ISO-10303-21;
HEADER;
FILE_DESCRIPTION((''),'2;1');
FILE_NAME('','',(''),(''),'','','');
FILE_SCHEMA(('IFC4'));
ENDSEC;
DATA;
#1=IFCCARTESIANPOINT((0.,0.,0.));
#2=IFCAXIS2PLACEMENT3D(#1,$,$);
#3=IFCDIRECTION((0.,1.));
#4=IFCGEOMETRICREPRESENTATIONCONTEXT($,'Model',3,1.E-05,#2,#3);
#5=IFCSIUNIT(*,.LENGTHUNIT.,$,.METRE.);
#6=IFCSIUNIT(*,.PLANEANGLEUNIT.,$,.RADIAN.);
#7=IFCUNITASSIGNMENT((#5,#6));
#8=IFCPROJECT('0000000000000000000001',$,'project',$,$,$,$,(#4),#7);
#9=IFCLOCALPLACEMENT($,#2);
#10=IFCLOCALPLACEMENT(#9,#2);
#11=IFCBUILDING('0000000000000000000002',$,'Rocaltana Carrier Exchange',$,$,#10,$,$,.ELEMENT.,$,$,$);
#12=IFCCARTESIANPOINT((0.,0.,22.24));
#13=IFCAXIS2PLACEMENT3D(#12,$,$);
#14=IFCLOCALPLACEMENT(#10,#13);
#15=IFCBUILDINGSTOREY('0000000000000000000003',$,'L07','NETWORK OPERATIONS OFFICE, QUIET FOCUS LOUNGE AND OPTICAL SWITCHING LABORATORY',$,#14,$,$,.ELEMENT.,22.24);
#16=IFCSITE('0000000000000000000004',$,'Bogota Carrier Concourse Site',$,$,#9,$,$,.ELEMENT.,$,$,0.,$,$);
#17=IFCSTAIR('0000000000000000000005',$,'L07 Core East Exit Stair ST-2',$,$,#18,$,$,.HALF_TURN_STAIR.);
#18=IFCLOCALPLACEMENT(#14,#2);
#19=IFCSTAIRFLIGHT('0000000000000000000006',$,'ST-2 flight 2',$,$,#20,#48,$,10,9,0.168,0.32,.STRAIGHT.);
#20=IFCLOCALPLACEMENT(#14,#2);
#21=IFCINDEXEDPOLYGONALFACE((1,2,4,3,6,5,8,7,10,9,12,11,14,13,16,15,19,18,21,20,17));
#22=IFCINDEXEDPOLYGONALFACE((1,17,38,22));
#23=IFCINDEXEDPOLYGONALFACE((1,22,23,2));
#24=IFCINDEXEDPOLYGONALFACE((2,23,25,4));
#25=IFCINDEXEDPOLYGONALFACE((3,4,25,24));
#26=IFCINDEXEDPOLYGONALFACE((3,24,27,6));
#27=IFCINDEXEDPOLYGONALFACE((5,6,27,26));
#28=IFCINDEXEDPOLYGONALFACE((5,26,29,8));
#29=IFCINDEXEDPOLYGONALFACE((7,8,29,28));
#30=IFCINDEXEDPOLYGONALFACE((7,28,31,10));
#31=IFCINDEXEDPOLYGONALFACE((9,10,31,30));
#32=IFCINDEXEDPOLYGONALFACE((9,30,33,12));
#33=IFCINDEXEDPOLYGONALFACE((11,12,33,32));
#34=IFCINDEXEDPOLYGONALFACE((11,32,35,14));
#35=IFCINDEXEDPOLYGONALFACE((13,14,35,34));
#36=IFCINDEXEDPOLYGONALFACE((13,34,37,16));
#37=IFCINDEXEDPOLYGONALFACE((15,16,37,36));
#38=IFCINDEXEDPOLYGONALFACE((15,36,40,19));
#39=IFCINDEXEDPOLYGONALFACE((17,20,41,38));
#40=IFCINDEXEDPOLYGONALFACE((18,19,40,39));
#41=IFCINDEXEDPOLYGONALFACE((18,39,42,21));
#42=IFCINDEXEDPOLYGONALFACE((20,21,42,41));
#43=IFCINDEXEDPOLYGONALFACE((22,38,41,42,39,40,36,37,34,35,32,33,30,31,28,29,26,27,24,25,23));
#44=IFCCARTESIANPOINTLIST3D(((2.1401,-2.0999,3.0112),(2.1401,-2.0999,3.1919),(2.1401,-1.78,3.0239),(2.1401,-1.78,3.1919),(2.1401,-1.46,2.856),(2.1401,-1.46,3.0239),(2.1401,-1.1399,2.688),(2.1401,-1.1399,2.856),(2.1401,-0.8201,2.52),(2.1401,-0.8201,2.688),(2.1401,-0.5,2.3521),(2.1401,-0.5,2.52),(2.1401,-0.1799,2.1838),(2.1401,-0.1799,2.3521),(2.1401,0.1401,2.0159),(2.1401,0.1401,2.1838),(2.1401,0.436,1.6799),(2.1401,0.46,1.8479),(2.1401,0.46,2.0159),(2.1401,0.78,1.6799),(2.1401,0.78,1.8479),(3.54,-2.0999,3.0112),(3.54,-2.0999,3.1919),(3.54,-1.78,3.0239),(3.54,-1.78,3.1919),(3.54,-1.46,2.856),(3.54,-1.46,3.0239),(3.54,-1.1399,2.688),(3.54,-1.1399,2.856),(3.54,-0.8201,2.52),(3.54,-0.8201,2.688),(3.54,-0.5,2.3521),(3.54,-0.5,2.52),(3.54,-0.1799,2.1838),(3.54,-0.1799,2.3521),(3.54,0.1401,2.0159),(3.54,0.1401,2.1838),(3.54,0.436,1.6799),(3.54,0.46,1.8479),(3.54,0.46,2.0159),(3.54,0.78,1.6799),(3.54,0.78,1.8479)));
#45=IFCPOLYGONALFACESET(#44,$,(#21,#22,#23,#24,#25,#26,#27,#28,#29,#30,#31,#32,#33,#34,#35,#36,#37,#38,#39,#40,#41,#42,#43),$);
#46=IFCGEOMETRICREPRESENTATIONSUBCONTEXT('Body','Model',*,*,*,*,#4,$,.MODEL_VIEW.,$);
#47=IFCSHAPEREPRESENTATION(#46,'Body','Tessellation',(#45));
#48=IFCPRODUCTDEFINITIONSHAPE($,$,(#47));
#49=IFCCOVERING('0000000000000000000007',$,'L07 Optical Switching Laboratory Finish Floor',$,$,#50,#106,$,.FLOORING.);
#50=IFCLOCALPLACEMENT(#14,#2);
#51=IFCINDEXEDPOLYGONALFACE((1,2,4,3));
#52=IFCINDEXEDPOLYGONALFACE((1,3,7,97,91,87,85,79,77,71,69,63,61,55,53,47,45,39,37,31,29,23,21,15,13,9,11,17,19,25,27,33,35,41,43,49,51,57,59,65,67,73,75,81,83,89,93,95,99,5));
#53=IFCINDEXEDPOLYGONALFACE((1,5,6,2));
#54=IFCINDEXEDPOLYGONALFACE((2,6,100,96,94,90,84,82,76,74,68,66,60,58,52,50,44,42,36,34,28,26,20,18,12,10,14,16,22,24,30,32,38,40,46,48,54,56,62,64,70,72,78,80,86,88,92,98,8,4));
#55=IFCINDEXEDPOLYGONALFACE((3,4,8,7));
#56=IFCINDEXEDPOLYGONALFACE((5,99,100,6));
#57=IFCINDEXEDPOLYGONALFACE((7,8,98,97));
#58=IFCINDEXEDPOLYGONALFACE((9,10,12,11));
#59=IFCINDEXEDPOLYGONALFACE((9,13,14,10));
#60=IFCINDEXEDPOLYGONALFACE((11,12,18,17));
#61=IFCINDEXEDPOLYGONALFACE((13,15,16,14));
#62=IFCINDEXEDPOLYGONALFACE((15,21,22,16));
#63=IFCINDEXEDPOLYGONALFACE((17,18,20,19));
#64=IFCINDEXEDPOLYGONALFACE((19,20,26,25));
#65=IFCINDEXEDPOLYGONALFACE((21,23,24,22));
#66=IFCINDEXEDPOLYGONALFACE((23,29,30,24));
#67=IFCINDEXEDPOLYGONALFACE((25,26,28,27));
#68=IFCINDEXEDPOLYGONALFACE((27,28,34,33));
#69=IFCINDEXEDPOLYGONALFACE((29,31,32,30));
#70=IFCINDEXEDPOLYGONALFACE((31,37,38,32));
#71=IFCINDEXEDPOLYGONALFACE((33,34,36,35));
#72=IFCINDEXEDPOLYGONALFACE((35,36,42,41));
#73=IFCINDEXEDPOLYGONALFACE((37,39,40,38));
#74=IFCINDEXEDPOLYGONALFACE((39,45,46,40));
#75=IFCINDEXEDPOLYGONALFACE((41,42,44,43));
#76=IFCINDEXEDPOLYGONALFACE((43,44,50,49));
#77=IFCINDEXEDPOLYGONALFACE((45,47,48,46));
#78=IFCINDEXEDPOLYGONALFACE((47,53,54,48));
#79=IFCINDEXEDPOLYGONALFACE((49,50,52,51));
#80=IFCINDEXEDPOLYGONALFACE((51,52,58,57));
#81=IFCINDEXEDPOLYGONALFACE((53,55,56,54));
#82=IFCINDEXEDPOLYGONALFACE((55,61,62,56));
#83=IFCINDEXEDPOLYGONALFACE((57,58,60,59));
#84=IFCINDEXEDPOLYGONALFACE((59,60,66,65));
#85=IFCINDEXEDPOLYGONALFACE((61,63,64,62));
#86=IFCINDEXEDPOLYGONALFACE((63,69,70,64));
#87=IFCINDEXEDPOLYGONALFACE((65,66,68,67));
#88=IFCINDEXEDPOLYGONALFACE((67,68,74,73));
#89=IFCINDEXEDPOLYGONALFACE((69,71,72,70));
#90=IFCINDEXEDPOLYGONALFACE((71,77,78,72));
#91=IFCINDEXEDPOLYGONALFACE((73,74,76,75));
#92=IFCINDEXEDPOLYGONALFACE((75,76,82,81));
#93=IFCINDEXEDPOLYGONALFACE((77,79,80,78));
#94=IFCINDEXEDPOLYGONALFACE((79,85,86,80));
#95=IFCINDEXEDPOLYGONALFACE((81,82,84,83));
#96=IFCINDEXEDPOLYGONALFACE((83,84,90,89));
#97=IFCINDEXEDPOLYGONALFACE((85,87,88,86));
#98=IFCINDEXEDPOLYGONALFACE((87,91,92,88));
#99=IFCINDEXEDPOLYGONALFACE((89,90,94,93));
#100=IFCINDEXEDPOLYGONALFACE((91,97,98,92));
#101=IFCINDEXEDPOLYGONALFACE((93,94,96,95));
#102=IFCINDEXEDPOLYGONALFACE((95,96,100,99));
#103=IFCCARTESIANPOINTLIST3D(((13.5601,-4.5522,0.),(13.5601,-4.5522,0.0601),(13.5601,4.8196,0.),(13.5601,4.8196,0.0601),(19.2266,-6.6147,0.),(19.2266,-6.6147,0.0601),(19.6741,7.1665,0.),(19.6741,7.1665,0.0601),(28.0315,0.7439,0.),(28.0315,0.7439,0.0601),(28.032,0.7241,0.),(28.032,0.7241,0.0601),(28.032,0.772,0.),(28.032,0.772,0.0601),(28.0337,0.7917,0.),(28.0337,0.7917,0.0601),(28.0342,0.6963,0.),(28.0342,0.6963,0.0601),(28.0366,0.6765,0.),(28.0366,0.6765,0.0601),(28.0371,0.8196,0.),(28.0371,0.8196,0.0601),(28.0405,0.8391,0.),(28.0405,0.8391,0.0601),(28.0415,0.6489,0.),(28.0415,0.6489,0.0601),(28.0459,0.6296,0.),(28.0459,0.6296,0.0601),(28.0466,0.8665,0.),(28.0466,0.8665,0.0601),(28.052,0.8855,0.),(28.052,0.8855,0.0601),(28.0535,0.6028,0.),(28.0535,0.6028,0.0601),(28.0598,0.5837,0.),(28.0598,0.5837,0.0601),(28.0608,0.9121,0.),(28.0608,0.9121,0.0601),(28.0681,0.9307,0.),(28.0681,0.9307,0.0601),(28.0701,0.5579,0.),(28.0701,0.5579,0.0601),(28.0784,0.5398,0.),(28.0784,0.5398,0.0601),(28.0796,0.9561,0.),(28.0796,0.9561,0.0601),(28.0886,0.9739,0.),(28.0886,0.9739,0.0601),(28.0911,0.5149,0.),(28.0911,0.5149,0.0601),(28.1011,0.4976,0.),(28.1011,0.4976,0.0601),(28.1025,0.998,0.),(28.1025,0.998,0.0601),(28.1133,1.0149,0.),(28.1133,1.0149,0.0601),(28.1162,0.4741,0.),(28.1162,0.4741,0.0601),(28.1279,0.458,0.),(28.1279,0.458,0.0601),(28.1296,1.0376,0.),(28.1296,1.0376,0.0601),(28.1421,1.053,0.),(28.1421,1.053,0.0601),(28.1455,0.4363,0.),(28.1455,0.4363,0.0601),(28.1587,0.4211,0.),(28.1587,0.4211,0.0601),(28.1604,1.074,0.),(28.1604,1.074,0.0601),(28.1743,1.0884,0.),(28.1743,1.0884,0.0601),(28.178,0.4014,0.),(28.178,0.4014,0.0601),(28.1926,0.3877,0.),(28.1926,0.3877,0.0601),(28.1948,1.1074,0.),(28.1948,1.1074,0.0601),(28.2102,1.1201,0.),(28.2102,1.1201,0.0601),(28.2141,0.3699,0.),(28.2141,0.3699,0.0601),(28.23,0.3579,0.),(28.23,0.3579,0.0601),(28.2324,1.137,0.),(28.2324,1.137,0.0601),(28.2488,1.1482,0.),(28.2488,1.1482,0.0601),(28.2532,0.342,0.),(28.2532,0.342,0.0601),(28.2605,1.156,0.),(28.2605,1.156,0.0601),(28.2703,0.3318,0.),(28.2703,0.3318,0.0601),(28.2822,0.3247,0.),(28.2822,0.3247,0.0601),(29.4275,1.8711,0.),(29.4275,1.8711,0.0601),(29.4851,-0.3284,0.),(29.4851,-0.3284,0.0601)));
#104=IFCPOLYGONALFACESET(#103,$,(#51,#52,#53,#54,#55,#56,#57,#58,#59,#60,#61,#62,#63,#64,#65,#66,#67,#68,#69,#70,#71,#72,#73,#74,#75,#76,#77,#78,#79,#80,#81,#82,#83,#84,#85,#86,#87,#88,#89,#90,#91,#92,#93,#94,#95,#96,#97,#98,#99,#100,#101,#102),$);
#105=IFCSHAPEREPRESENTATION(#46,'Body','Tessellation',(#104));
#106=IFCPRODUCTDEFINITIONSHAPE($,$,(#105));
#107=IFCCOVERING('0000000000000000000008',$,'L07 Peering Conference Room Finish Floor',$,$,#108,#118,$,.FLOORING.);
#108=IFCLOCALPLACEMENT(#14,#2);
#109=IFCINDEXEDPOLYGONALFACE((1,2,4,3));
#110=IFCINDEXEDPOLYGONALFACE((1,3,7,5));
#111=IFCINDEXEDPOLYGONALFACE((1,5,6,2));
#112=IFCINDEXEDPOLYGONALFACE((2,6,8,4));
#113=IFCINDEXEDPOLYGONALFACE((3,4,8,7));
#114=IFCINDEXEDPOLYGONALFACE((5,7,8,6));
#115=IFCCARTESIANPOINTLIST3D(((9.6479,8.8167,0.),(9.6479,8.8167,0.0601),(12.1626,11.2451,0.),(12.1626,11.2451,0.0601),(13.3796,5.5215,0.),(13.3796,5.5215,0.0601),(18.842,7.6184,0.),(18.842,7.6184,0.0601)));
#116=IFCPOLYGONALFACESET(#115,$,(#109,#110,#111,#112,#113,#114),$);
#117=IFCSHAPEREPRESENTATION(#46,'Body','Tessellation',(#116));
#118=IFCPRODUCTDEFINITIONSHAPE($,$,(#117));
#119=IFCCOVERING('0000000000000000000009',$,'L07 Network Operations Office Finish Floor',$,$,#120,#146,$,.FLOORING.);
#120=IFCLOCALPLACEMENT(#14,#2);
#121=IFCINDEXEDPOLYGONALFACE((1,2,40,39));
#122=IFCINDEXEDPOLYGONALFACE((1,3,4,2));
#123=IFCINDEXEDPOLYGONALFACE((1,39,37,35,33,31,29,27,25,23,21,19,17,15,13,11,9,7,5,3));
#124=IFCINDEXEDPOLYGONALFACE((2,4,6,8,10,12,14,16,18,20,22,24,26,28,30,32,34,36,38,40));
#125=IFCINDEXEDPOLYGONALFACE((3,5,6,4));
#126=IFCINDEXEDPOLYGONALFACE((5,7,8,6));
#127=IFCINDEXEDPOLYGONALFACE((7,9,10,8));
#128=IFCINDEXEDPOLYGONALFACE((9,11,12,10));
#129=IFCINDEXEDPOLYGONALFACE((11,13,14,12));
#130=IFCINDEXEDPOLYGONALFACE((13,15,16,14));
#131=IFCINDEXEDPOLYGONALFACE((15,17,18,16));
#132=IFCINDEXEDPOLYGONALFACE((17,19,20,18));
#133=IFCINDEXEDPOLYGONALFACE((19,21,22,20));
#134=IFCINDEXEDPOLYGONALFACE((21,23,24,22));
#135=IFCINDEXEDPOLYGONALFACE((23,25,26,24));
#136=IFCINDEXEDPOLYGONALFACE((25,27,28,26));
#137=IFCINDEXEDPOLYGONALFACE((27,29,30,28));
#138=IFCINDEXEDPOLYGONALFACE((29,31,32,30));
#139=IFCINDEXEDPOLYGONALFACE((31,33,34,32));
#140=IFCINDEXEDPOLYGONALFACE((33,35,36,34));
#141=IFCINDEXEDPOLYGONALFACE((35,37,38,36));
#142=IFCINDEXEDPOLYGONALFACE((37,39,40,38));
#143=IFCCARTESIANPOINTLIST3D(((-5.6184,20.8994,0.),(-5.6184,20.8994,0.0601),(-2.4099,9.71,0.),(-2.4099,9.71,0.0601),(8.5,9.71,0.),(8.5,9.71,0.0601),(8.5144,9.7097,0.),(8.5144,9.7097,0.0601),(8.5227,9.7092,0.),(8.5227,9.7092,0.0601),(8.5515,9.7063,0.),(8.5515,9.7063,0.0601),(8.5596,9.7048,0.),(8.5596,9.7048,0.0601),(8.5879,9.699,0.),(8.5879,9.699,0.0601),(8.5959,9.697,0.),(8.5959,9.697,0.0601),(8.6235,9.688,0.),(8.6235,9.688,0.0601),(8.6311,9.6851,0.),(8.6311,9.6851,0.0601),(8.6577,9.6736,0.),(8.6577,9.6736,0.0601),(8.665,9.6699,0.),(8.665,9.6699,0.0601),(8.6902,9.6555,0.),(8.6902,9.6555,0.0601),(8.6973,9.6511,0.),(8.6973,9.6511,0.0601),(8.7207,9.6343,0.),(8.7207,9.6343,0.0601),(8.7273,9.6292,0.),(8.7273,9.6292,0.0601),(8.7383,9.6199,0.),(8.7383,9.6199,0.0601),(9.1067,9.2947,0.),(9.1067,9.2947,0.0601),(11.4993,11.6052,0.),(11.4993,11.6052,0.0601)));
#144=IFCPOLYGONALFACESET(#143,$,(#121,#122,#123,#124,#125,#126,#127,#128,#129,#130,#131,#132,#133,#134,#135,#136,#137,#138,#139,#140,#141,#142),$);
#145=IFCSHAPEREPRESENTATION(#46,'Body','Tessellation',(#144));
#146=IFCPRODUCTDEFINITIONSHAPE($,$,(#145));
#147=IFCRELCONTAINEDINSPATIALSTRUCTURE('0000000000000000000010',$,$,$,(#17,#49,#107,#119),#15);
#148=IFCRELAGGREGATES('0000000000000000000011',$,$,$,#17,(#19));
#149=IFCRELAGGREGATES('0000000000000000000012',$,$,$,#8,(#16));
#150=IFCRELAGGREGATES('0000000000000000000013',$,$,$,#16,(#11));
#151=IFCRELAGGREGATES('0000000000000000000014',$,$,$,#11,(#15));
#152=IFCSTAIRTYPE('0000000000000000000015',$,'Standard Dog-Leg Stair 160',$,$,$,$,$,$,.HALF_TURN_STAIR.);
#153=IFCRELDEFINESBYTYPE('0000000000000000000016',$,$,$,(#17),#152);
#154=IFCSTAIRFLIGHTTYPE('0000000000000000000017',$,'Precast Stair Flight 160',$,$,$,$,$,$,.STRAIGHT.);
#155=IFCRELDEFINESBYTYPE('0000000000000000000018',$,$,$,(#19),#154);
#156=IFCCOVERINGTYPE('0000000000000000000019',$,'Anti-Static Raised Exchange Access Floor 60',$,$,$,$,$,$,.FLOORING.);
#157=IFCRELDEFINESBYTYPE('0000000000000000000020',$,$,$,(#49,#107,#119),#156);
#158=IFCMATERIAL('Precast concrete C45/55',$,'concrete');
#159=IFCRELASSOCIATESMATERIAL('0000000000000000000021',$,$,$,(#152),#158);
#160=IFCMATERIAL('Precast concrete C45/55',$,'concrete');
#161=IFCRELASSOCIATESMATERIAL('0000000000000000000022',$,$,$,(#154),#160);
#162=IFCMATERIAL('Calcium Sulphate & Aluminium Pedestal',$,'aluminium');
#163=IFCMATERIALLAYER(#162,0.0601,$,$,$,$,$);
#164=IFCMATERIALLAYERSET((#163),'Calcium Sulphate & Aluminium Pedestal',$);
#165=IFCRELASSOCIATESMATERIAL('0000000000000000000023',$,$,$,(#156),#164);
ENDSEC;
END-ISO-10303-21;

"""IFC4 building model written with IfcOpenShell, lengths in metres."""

from ifc_helpers import new_model, si_unit, direction, frame, origin, place, context, subcontext, project, spatial, polyline, outline, extrude, material, layer, layer_set, type_object, element, aggregate, save


model = new_model("IFC4")

# Units and contexts
model_context = context("Model", 3, precision=1e-05, world=origin(), true_north=direction((0.0, 1.0)))
body_context = subcontext(model_context, "Body", "Model", "MODEL_VIEW")
ifc_project = project(units=[si_unit("LENGTHUNIT", "METRE"), si_unit("PLANEANGLEUNIT", "RADIAN")], contexts=[model_context])

# Site, building, storey
site_placement = place(None, origin())
site = spatial("IfcSite", under=ifc_project, at=site_placement, Name="Bogota Carrier Concourse Site", CompositionType="ELEMENT", RefElevation=0.0)
building_placement = place(site_placement, origin())
building = spatial("IfcBuilding", under=site, at=building_placement, Name="Rocaltana Carrier Exchange", CompositionType="ELEMENT")
storey_placement = place(building_placement, frame((0.0, 0.0, 22.24)))
storey = spatial("IfcBuildingStorey", under=building, at=storey_placement, Name="L07", Description="NETWORK OPERATIONS OFFICE, QUIET FOCUS LOUNGE AND OPTICAL SWITCHING LABORATORY", CompositionType="ELEMENT", Elevation=22.24)

# Stair, stair flight
ifc_material_1 = material(Name="Precast concrete C45/55", Category="concrete")
stair_type = type_object("IfcStairType", Name="Standard Dog-Leg Stair 160", PredefinedType="HALF_TURN_STAIR", material=ifc_material_1)
stair_placement = place(storey_placement, origin())
stair = element("IfcStair", 1, at=stair_placement, inside=storey, type_object=stair_type, Name="L07 Core East Exit Stair ST-2", PredefinedType="HALF_TURN_STAIR")
ifc_material_2 = material(Name="Precast concrete C45/55", Category="concrete")
stair_flight_type = type_object("IfcStairFlightType", Name="Precast Stair Flight 160", PredefinedType="STRAIGHT", material=ifc_material_2)
stair_flight_placement = place(storey_placement, frame((2.8401, 0.78, 1.6799), z_axis=(0.0, 0.0, 1.0), x_axis=(0.0, -1.0, 0.0)))
stair_flight = element("IfcStairFlight", 2, at=stair_flight_placement, type_object=stair_flight_type, Name="ST-2 flight 2", NumberOfRisers=10, NumberOfTreads=9, PredefinedType="STRAIGHT", RiserHeight=0.168, TreadLength=0.32, context=body_context, shape_type="SweptSolid", body=[
    extrude(outline(polyline([(0.0, 0.0), (0.0, 0.168), (0.3201, 0.168), (0.3201, 0.3359), (0.6399, 0.3359), (0.6399, 0.5039), (0.96, 0.5039), (0.96, 0.6721), (1.28, 0.6721), (1.28, 0.8401), (1.6001, 0.8401), (1.6001, 1.0081), (1.9199, 1.0081), (1.9199, 1.176), (2.24, 1.176), (2.24, 1.344), (2.5601, 1.344), (2.5601, 1.512), (2.8799, 1.512), (2.8799, 1.6799), (2.8799, 1.3313), (0.344, 0.0), (0.0, 0.0)])), frame((0.0, 0.7, 0.0), z_axis=(0.0, -1.0, 0.0), x_axis=(1.0, 0.0, 0.0)), (0.0, 0.0, 1.0), 1.3999),
])
aggregate(stair, [stair_flight])

# Coverings
ifc_material_3 = material(Name="Calcium Sulphate & Aluminium Pedestal", Category="aluminium")
ifc_layer_1 = layer(ifc_material_3, 0.0601)
ifc_layer_set_1 = layer_set([ifc_layer_1], Name="Calcium Sulphate & Aluminium Pedestal")
covering_type_1 = type_object("IfcCoveringType", Name="Anti-Static Raised Exchange Access Floor 60", PredefinedType="FLOORING", material=ifc_layer_set_1)
covering_1_placement = place(storey_placement, origin())
element("IfcCovering", 3, at=covering_1_placement, inside=storey, type_object=covering_type_1, Name="L07 Optical Switching Laboratory Finish Floor", PredefinedType="FLOORING", context=body_context, shape_type="SweptSolid", body=[
    extrude(outline(polyline([(29.4275, 1.8711), (28.2605, 1.156), (28.2488, 1.1482), (28.2324, 1.137), (28.2102, 1.1201), (28.1948, 1.1074), (28.1743, 1.0884), (28.1604, 1.074), (28.1421, 1.053), (28.1296, 1.0376), (28.1133, 1.0149), (28.1025, 0.998), (28.0886, 0.9739), (28.0796, 0.9561), (28.0681, 0.9307), (28.0608, 0.9121), (28.052, 0.8855), (28.0466, 0.8665), (28.0405, 0.8391), (28.0371, 0.8196), (28.0337, 0.7917), (28.032, 0.772), (28.0315, 0.7439), (28.032, 0.7241), (28.0342, 0.6963), (28.0366, 0.6765), (28.0415, 0.6489), (28.0459, 0.6296), (28.0535, 0.6028), (28.0598, 0.5837), (28.0701, 0.5579), (28.0784, 0.5398), (28.0911, 0.5149), (28.1011, 0.4976), (28.1162, 0.4741), (28.1279, 0.458), (28.1455, 0.4363), (28.1587, 0.4211), (28.178, 0.4014), (28.1926, 0.3877), (28.2141, 0.3699), (28.23, 0.3579), (28.2532, 0.342), (28.2703, 0.3318), (28.2822, 0.3247), (29.4851, -0.3284), (19.2266, -6.6147), (13.5601, -4.5522), (13.5601, 4.8196), (19.6741, 7.1665), (29.4275, 1.8711)])), origin(), (0.0, 0.0, 1.0), 0.0601),
])
covering_2_placement = place(storey_placement, origin())
element("IfcCovering", 4, at=covering_2_placement, inside=storey, type_object=covering_type_1, Name="L07 Peering Conference Room Finish Floor", PredefinedType="FLOORING", context=body_context, shape_type="SweptSolid", body=[
    extrude(outline(polyline([(13.3796, 5.5215), (9.6479, 8.8167), (12.1626, 11.2451), (18.842, 7.6184), (13.3796, 5.5215)])), origin(), (0.0, 0.0, 1.0), 0.0601),
])
covering_3_placement = place(storey_placement, origin())
element("IfcCovering", 5, at=covering_3_placement, inside=storey, type_object=covering_type_1, Name="L07 Network Operations Office Finish Floor", PredefinedType="FLOORING", context=body_context, shape_type="SweptSolid", body=[
    extrude(outline(polyline([(11.4993, 11.6052), (9.1067, 9.2947), (8.7383, 9.6199), (8.7273, 9.6292), (8.7207, 9.6343), (8.6973, 9.6511), (8.6902, 9.6555), (8.665, 9.6699), (8.6577, 9.6736), (8.6311, 9.6851), (8.6235, 9.688), (8.5959, 9.697), (8.5879, 9.699), (8.5596, 9.7048), (8.5515, 9.7063), (8.5227, 9.7092), (8.5144, 9.7097), (8.5, 9.71), (-2.4099, 9.71), (-5.6184, 20.8994), (11.4993, 11.6052)])), origin(), (0.0, 0.0, 1.0), 0.0601),
])

save(model, "model.ifc")
